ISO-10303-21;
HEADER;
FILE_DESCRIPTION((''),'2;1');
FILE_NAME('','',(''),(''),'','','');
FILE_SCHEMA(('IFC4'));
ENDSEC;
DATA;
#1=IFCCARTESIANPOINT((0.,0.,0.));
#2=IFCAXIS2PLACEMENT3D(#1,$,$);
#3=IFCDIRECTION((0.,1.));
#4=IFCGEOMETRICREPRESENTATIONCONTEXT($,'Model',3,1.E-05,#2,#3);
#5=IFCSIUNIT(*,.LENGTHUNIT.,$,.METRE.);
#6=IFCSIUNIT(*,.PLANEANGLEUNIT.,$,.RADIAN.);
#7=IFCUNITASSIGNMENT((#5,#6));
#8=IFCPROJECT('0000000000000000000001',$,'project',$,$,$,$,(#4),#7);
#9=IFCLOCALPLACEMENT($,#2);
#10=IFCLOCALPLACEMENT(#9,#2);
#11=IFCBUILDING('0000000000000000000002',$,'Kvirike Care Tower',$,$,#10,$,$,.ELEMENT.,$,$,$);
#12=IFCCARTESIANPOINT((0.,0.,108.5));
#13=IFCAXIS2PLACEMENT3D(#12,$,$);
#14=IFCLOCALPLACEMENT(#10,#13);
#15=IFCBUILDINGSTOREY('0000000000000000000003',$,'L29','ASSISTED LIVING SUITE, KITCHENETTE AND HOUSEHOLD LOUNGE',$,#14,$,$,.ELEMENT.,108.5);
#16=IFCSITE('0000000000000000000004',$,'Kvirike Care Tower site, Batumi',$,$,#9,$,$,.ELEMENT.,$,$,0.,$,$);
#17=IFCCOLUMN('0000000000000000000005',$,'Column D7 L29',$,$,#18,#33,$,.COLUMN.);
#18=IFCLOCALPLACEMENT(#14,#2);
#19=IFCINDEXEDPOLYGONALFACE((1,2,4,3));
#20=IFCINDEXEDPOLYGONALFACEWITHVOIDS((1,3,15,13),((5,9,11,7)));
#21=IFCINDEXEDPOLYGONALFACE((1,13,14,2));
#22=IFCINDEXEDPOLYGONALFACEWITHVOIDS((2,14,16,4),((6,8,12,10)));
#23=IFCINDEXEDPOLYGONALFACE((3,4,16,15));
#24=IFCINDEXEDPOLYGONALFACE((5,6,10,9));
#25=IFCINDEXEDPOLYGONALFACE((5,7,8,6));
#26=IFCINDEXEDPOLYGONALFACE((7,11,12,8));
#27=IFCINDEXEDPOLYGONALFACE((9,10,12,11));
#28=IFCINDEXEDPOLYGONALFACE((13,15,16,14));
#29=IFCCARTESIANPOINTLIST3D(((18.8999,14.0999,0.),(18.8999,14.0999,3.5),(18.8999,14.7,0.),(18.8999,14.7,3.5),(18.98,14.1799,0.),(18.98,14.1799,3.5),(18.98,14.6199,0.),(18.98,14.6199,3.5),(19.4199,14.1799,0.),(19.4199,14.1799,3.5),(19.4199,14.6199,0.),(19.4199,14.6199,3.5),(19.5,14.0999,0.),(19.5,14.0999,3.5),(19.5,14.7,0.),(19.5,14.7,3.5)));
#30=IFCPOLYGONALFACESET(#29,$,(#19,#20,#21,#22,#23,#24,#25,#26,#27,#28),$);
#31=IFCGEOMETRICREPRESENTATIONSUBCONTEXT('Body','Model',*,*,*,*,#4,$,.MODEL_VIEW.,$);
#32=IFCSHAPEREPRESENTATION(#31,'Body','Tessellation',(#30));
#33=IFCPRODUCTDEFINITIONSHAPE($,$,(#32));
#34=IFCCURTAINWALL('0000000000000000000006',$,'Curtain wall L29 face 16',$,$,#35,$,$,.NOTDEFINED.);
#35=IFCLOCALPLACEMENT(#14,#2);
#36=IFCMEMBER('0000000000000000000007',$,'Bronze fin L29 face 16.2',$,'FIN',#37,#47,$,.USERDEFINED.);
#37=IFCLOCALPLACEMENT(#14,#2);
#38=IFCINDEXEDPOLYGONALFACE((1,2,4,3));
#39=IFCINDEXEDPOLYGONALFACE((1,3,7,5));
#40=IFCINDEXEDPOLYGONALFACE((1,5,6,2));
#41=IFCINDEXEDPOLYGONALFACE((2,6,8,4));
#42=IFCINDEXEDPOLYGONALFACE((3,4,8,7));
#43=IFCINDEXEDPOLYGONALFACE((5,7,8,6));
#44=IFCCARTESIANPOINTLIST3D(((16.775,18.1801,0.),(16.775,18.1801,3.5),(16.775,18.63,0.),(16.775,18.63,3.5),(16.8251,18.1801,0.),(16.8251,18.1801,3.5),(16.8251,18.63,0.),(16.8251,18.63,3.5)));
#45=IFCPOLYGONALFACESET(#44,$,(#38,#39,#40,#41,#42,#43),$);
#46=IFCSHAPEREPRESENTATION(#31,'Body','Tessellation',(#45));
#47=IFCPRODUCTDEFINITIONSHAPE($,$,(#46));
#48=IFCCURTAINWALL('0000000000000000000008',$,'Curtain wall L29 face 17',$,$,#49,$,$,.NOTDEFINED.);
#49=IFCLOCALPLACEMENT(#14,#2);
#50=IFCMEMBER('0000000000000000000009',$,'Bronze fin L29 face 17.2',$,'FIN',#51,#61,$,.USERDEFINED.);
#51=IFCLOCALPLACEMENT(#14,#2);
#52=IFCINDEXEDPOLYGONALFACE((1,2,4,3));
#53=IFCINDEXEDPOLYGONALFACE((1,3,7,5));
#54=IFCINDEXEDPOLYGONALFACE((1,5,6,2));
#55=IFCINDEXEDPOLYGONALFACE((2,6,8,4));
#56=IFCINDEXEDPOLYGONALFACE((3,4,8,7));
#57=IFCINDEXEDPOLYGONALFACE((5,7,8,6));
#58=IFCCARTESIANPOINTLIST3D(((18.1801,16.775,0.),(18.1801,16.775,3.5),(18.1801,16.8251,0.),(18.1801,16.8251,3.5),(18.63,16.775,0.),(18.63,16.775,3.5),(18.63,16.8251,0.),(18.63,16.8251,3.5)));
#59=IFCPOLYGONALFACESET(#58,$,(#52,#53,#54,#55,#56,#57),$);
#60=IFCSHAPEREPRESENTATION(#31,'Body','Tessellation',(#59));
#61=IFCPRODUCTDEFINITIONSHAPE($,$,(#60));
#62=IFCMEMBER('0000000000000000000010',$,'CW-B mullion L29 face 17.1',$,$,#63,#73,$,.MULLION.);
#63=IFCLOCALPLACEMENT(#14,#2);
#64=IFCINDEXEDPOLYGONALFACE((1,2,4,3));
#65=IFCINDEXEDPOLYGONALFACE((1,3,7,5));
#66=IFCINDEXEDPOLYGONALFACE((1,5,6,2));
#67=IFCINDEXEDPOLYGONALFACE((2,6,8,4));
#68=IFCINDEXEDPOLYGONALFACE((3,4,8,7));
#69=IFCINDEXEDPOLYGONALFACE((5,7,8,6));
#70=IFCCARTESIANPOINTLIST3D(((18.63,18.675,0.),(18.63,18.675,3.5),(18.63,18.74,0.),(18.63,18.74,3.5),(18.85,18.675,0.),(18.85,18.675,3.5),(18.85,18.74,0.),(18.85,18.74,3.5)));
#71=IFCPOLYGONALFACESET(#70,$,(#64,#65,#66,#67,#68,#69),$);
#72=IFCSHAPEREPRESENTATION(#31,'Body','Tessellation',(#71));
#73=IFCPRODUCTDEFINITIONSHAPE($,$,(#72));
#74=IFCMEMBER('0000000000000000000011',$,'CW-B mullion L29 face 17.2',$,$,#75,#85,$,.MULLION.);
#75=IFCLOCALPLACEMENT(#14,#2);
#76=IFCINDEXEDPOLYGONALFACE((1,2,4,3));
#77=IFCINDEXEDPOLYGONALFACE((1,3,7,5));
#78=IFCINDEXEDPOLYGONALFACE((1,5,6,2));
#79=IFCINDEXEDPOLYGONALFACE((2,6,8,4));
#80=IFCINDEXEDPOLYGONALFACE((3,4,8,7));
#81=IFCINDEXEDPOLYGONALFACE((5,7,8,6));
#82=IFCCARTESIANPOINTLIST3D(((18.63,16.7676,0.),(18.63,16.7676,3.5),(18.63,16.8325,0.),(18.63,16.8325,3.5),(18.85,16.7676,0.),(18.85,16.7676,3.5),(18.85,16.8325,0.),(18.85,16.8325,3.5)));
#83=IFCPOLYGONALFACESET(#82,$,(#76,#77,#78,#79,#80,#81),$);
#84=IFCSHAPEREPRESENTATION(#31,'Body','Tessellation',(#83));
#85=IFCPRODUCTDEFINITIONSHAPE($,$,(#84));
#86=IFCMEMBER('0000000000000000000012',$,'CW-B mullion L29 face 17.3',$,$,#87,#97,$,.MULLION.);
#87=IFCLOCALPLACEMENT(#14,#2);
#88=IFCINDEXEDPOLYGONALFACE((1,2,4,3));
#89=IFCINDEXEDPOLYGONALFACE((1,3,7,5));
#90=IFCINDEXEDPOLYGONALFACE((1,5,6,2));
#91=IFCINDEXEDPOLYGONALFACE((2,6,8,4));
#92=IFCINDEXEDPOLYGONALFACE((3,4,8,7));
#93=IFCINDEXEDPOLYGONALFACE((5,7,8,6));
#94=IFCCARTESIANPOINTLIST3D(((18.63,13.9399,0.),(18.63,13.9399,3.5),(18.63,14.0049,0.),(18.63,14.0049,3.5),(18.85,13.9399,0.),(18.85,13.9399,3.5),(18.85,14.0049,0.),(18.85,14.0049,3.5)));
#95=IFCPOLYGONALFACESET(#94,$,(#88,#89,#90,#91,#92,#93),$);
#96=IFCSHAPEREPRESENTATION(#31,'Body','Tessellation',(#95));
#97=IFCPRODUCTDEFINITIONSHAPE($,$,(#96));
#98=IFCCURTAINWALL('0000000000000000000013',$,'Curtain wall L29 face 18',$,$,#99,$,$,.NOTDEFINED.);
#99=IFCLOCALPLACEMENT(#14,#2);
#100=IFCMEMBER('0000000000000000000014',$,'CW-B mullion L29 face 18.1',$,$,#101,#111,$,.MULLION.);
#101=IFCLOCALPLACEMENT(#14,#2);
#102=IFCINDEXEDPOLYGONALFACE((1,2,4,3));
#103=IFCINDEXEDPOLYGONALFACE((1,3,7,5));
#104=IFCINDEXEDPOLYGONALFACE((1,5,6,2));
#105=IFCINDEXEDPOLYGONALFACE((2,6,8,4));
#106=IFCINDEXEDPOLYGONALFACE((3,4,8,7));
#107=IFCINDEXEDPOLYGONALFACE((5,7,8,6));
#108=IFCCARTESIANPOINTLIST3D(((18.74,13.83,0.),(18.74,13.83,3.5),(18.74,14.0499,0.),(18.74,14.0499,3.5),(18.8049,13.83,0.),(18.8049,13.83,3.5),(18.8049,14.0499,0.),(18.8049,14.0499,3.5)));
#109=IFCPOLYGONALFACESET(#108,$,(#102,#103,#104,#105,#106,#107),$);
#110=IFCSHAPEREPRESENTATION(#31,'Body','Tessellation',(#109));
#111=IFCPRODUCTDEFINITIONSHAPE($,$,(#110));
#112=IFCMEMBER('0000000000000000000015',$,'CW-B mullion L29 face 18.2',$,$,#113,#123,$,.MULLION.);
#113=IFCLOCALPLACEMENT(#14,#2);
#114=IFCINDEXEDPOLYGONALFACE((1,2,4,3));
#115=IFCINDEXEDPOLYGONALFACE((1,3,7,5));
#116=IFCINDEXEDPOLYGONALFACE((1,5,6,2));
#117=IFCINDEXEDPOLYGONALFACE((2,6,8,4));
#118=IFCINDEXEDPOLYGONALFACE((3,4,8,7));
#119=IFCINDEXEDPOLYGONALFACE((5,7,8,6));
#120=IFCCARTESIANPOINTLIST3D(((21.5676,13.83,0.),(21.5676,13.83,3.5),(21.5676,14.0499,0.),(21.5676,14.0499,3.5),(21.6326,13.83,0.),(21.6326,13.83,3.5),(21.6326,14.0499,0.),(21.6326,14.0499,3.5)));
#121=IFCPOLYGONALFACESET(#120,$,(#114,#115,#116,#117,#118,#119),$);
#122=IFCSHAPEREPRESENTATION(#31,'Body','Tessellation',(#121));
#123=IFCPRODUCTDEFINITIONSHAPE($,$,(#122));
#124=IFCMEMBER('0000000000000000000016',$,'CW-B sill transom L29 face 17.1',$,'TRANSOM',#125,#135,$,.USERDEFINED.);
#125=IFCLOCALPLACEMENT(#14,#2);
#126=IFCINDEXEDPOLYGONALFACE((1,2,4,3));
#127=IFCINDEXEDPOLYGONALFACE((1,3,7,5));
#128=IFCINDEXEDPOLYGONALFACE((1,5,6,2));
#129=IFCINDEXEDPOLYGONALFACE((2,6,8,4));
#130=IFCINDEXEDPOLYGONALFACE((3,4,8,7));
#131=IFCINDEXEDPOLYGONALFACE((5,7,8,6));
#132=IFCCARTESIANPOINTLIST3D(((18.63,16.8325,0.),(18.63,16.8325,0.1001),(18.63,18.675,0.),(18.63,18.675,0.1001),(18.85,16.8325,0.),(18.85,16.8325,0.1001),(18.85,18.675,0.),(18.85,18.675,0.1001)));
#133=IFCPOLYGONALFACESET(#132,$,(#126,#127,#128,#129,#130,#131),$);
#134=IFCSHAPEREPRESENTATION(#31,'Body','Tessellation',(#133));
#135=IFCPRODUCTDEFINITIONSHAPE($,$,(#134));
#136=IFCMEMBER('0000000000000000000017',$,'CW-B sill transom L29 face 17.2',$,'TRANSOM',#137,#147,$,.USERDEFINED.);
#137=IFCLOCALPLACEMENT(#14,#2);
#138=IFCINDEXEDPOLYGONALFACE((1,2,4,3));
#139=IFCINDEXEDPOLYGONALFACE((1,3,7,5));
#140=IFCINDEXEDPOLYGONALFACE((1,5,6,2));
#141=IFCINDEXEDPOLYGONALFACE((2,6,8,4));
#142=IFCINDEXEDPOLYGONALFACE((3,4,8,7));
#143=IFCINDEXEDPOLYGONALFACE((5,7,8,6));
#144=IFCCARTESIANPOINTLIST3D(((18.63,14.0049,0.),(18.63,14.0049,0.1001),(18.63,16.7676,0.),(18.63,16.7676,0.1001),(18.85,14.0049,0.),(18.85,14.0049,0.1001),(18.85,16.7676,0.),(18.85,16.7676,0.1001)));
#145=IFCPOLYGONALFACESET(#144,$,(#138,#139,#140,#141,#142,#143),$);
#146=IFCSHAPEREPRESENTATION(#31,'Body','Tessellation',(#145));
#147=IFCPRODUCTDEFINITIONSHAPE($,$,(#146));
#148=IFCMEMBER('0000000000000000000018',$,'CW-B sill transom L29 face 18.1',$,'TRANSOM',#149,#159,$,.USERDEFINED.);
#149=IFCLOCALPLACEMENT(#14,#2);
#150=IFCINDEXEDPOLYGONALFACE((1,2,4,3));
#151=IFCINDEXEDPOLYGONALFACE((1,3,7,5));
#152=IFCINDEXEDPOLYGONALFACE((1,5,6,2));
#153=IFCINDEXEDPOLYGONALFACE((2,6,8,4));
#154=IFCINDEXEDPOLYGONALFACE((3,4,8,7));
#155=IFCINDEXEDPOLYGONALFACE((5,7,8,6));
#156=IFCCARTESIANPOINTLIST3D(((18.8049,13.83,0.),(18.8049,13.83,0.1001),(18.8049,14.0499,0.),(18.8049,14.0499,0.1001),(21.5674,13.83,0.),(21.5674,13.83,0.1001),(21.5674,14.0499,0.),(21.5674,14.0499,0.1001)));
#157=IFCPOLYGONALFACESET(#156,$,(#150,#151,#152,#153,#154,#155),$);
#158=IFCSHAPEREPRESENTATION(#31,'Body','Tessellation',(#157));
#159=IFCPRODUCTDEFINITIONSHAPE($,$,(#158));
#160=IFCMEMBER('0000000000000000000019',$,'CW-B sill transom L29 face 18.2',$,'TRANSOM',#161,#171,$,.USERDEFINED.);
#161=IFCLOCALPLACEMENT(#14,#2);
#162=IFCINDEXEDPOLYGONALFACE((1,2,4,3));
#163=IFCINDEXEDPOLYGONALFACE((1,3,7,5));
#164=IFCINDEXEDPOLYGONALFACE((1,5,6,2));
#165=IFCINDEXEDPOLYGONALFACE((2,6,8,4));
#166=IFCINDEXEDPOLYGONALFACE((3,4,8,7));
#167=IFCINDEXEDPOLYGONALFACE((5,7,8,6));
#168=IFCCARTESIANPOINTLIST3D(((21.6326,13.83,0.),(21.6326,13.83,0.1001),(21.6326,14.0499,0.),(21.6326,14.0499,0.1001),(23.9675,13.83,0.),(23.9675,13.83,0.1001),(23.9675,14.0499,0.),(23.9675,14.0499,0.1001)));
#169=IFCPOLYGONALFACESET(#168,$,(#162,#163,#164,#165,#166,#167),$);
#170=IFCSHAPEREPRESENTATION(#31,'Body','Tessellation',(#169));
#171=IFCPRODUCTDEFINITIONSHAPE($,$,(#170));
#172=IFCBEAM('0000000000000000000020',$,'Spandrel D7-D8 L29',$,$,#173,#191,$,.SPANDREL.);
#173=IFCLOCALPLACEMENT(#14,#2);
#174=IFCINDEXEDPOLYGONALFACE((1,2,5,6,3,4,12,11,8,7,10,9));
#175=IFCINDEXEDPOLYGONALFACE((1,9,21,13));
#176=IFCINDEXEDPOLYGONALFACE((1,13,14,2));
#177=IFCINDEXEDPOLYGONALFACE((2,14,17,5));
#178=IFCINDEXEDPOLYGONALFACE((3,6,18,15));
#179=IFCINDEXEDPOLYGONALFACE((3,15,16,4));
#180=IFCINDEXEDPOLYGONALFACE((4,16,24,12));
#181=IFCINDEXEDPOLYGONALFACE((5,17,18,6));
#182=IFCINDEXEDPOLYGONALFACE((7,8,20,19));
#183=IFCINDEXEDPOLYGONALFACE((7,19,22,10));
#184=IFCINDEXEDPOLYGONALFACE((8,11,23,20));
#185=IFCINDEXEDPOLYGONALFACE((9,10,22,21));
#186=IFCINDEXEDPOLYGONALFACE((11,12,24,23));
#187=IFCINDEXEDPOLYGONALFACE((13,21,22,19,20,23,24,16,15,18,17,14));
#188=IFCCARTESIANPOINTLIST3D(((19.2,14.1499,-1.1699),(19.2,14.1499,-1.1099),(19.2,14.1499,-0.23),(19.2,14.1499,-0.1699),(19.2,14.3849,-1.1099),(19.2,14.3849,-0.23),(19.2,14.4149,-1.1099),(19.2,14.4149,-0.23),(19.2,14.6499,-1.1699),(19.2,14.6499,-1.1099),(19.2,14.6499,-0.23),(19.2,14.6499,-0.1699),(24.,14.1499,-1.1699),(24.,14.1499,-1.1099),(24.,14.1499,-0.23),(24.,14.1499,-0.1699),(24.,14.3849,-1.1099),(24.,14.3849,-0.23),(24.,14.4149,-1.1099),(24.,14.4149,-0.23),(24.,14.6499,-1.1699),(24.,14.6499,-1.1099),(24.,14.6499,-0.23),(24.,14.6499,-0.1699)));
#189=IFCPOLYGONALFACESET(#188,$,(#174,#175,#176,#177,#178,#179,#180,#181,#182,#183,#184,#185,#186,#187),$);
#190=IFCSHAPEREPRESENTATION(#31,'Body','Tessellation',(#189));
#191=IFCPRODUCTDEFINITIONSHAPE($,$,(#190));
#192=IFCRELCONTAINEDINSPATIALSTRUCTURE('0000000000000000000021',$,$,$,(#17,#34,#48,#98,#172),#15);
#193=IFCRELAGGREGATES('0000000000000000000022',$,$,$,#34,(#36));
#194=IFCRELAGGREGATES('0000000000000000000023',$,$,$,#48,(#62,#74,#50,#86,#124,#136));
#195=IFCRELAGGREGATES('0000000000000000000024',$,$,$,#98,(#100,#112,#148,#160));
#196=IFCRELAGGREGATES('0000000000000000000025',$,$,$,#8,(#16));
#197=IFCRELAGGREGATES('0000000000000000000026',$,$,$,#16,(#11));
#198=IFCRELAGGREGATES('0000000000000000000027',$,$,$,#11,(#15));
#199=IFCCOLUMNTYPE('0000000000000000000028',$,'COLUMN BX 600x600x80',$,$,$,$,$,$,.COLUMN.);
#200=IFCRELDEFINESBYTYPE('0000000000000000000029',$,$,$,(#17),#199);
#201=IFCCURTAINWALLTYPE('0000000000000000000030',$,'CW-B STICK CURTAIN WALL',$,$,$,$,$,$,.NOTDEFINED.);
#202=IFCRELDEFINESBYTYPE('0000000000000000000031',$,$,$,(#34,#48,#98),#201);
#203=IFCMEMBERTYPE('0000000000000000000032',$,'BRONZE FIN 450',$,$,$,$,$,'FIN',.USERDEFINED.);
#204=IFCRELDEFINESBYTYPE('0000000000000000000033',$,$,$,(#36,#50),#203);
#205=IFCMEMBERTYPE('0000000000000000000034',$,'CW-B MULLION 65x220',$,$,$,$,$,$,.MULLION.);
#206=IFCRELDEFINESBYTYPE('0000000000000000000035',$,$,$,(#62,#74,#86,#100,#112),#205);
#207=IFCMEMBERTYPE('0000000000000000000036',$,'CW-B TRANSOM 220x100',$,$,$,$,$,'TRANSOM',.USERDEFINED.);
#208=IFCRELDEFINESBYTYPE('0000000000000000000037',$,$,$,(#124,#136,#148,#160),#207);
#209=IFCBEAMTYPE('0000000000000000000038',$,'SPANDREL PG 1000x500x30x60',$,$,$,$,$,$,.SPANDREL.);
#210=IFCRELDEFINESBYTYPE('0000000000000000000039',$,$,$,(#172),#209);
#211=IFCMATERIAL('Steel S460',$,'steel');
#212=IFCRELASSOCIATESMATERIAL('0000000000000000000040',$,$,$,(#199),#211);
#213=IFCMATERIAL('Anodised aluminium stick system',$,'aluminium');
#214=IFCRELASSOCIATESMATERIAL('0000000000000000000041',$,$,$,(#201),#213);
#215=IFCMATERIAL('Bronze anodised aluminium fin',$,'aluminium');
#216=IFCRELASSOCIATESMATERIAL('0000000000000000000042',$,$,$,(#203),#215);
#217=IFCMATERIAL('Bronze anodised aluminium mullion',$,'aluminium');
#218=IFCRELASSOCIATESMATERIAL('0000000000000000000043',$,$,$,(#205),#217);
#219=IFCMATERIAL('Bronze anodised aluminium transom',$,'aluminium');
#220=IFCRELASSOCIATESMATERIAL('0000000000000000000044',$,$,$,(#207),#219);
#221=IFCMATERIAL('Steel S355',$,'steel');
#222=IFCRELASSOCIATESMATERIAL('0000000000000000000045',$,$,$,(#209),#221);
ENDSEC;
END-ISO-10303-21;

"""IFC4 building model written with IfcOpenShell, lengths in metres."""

from ifc_helpers import new_model, si_unit, direction, frame, origin, origin_2d, place, context, subcontext, project, spatial, rectangle, hollow_rectangle, i_section, extrude, material, material_profile, profile_set, type_object, element, aggregate, save


model = new_model("IFC4")

# Units and contexts
model_context = context("Model", 3, precision=1e-05, world=origin(), true_north=direction((0.0, 1.0)))
body_context = subcontext(model_context, "Body", "Model", "MODEL_VIEW")
ifc_project = project(units=[si_unit("LENGTHUNIT", "METRE"), si_unit("PLANEANGLEUNIT", "RADIAN")], contexts=[model_context])

# Site, building, storey
site_placement = place(None, origin())
site = spatial("IfcSite", under=ifc_project, at=site_placement, Name="Kvirike Care Tower site, Batumi", CompositionType="ELEMENT", RefElevation=0.0)
building_placement = place(site_placement, origin())
building = spatial("IfcBuilding", under=site, at=building_placement, Name="Kvirike Care Tower", CompositionType="ELEMENT")
storey_placement = place(building_placement, frame((0.0, 0.0, 108.5)))
storey = spatial("IfcBuildingStorey", under=building, at=storey_placement, Name="L29", Description="ASSISTED LIVING SUITE, KITCHENETTE AND HOUSEHOLD LOUNGE", CompositionType="ELEMENT", Elevation=108.5)

# Column
ifc_material_1 = material(Name="Steel S460", Category="steel")
ifc_material_profile_1 = material_profile(ifc_material_1, hollow_rectangle(XDim=0.6001, YDim=0.6001, WallThickness=0.0801, at=origin_2d()), Name="BX 600x600x80")
ifc_profile_set_1 = profile_set([ifc_material_profile_1], Name="Steel S460")
column_type = type_object("IfcColumnType", Name="COLUMN BX 600x600x80", PredefinedType="COLUMN", material=ifc_profile_set_1)
column_placement = place(storey_placement, frame((19.2, 14.3999, 0.0), z_axis=(0.0, 0.0, 1.0), x_axis=(0.0, 1.0, 0.0)))
element("IfcColumn", 1, at=column_placement, inside=storey, type_object=column_type, Name="Column D7 L29", PredefinedType="COLUMN", context=body_context, shape_type="SweptSolid", body=[
    extrude(hollow_rectangle(XDim=0.6001, YDim=0.6001, WallThickness=0.0801, at=origin_2d()), origin(), (0.0, 0.0, 1.0), 3.5),
])

# Curtain wall, member
ifc_material_2 = material(Name="Anodised aluminium stick system", Category="aluminium")
curtain_wall_type = type_object("IfcCurtainWallType", Name="CW-B STICK CURTAIN WALL", PredefinedType="NOTDEFINED", material=ifc_material_2)
curtain_wall_1_placement = place(storey_placement, origin())
curtain_wall_1 = element("IfcCurtainWall", 2, at=curtain_wall_1_placement, inside=storey, type_object=curtain_wall_type, Name="Curtain wall L29 face 16", PredefinedType="NOTDEFINED")
ifc_material_3 = material(Name="Bronze anodised aluminium fin", Category="aluminium")
ifc_material_profile_2 = material_profile(ifc_material_3, rectangle(XDim=0.05, YDim=0.45, at=origin_2d()), Name="BRONZE FIN 450")
ifc_profile_set_2 = profile_set([ifc_material_profile_2], Name="Bronze anodised aluminium fin")
member_type_1 = type_object("IfcMemberType", Name="BRONZE FIN 450", ElementType="FIN", PredefinedType="USERDEFINED", material=ifc_profile_set_2)
member_1_placement = place(storey_placement, frame((16.8, 18.405, 0.0), z_axis=(0.0, 0.0, 1.0), x_axis=(1.0, 0.0, 0.0)))
member_1 = element("IfcMember", 3, at=member_1_placement, type_object=member_type_1, Name="Bronze fin L29 face 16.2", ObjectType="FIN", PredefinedType="USERDEFINED", context=body_context, shape_type="SweptSolid", body=[
    extrude(rectangle(XDim=0.05, YDim=0.45, at=origin_2d()), origin(), (0.0, 0.0, 1.0), 3.5),
])

# Curtain walls, members
curtain_wall_2_placement = place(storey_placement, origin())
curtain_wall_2 = element("IfcCurtainWall", 4, at=curtain_wall_2_placement, inside=storey, type_object=curtain_wall_type, Name="Curtain wall L29 face 17", PredefinedType="NOTDEFINED")
member_2_placement = place(storey_placement, frame((18.405, 16.8, 0.0), z_axis=(0.0, 0.0, 1.0), x_axis=(0.0, -1.0, 0.0)))
member_2 = element("IfcMember", 5, at=member_2_placement, type_object=member_type_1, Name="Bronze fin L29 face 17.2", ObjectType="FIN", PredefinedType="USERDEFINED", context=body_context, shape_type="SweptSolid", body=[
    extrude(rectangle(XDim=0.05, YDim=0.45, at=origin_2d()), origin(), (0.0, 0.0, 1.0), 3.5),
])
ifc_material_4 = material(Name="Bronze anodised aluminium mullion", Category="aluminium")
ifc_material_profile_3 = material_profile(ifc_material_4, rectangle(XDim=0.0649, YDim=0.22, at=origin_2d()), Name="CW-B MULLION 65x220")
ifc_profile_set_3 = profile_set([ifc_material_profile_3], Name="Bronze anodised aluminium mullion")
member_type_2 = type_object("IfcMemberType", Name="CW-B MULLION 65x220", PredefinedType="MULLION", material=ifc_profile_set_3)
member_3_placement = place(storey_placement, frame((18.74, 18.7075, 0.0), z_axis=(0.0, 0.0, 1.0), x_axis=(0.0, -1.0, 0.0)))
member_3 = element("IfcMember", 6, at=member_3_placement, type_object=member_type_2, Name="CW-B mullion L29 face 17.1", PredefinedType="MULLION", context=body_context, shape_type="SweptSolid", body=[
    extrude(rectangle(XDim=0.0649, YDim=0.22, at=origin_2d()), origin(), (0.0, 0.0, 1.0), 3.5),
])
member_4_placement = place(storey_placement, frame((18.74, 16.8, 0.0), z_axis=(0.0, 0.0, 1.0), x_axis=(0.0, -1.0, 0.0)))
member_4 = element("IfcMember", 7, at=member_4_placement, type_object=member_type_2, Name="CW-B mullion L29 face 17.2", PredefinedType="MULLION", context=body_context, shape_type="SweptSolid", body=[
    extrude(rectangle(XDim=0.0649, YDim=0.22, at=origin_2d()), origin(), (0.0, 0.0, 1.0), 3.5),
])
member_5_placement = place(storey_placement, frame((18.74, 13.9724, 0.0), z_axis=(0.0, 0.0, 1.0), x_axis=(0.0, -1.0, 0.0)))
member_5 = element("IfcMember", 8, at=member_5_placement, type_object=member_type_2, Name="CW-B mullion L29 face 17.3", PredefinedType="MULLION", context=body_context, shape_type="SweptSolid", body=[
    extrude(rectangle(XDim=0.0649, YDim=0.22, at=origin_2d()), origin(), (0.0, 0.0, 1.0), 3.5),
])
curtain_wall_3_placement = place(storey_placement, origin())
curtain_wall_3 = element("IfcCurtainWall", 9, at=curtain_wall_3_placement, inside=storey, type_object=curtain_wall_type, Name="Curtain wall L29 face 18", PredefinedType="NOTDEFINED")
member_6_placement = place(storey_placement, frame((18.7725, 13.9399, 0.0), z_axis=(0.0, 0.0, 1.0), x_axis=(1.0, 0.0, 0.0)))
member_6 = element("IfcMember", 10, at=member_6_placement, type_object=member_type_2, Name="CW-B mullion L29 face 18.1", PredefinedType="MULLION", context=body_context, shape_type="SweptSolid", body=[
    extrude(rectangle(XDim=0.0649, YDim=0.22, at=origin_2d()), origin(), (0.0, 0.0, 1.0), 3.5),
])
member_7_placement = place(storey_placement, frame((21.6001, 13.9399, 0.0), z_axis=(0.0, 0.0, 1.0), x_axis=(1.0, 0.0, 0.0)))
member_7 = element("IfcMember", 11, at=member_7_placement, type_object=member_type_2, Name="CW-B mullion L29 face 18.2", PredefinedType="MULLION", context=body_context, shape_type="SweptSolid", body=[
    extrude(rectangle(XDim=0.0649, YDim=0.22, at=origin_2d()), origin(), (0.0, 0.0, 1.0), 3.5),
])

# Members
ifc_material_5 = material(Name="Bronze anodised aluminium transom", Category="aluminium")
ifc_material_profile_4 = material_profile(ifc_material_5, rectangle(XDim=0.22, YDim=0.1001, at=origin_2d()), Name="CW-B TRANSOM 220x100")
ifc_profile_set_4 = profile_set([ifc_material_profile_4], Name="Bronze anodised aluminium transom")
member_type_3 = type_object("IfcMemberType", Name="CW-B TRANSOM 220x100", ElementType="TRANSOM", PredefinedType="USERDEFINED", material=ifc_profile_set_4)
member_8_placement = place(storey_placement, frame((18.74, 18.675, 0.05), z_axis=(0.0, -1.0, 0.0), x_axis=(1.0, 0.0, 0.0)))
member_8 = element("IfcMember", 12, at=member_8_placement, type_object=member_type_3, Name="CW-B sill transom L29 face 17.1", ObjectType="TRANSOM", PredefinedType="USERDEFINED", context=body_context, shape_type="SweptSolid", body=[
    extrude(rectangle(XDim=0.22, YDim=0.1001, at=origin_2d()), origin(), (0.0, 0.0, 1.0), 1.8425),
])
member_9_placement = place(storey_placement, frame((18.74, 16.7676, 0.05), z_axis=(0.0, -1.0, 0.0), x_axis=(1.0, 0.0, 0.0)))
member_9 = element("IfcMember", 13, at=member_9_placement, type_object=member_type_3, Name="CW-B sill transom L29 face 17.2", ObjectType="TRANSOM", PredefinedType="USERDEFINED", context=body_context, shape_type="SweptSolid", body=[
    extrude(rectangle(XDim=0.22, YDim=0.1001, at=origin_2d()), origin(), (0.0, 0.0, 1.0), 2.7627),
])
member_10_placement = place(storey_placement, frame((18.8049, 13.9399, 0.05), z_axis=(1.0, 0.0, 0.0), x_axis=(0.0, 1.0, 0.0)))
member_10 = element("IfcMember", 14, at=member_10_placement, type_object=member_type_3, Name="CW-B sill transom L29 face 18.1", ObjectType="TRANSOM", PredefinedType="USERDEFINED", context=body_context, shape_type="SweptSolid", body=[
    extrude(rectangle(XDim=0.22, YDim=0.1001, at=origin_2d()), origin(), (0.0, 0.0, 1.0), 2.7625),
])
member_11_placement = place(storey_placement, frame((21.6326, 13.9399, 0.05), z_axis=(1.0, 0.0, 0.0), x_axis=(0.0, 1.0, 0.0)))
member_11 = element("IfcMember", 15, at=member_11_placement, type_object=member_type_3, Name="CW-B sill transom L29 face 18.2", ObjectType="TRANSOM", PredefinedType="USERDEFINED", context=body_context, shape_type="SweptSolid", body=[
    extrude(rectangle(XDim=0.22, YDim=0.1001, at=origin_2d()), origin(), (0.0, 0.0, 1.0), 2.335),
])

# Beam
ifc_material_6 = material(Name="Steel S355", Category="steel")
ifc_material_profile_5 = material_profile(ifc_material_6, i_section(OverallWidth=0.5, OverallDepth=1.0, WebThickness=0.03, FlangeThickness=0.0601, at=origin_2d()), Name="PG 1000x500x30x60")
ifc_profile_set_5 = profile_set([ifc_material_profile_5], Name="Steel S355")
beam_type = type_object("IfcBeamType", Name="SPANDREL PG 1000x500x30x60", PredefinedType="SPANDREL", material=ifc_profile_set_5)
for number, where, z_axis, x_axis, name in (
    (16, (19.2, 14.3999, -0.6699), (1.0, 0.0, 0.0), (0.0, 1.0, 0.0), "Spandrel D7-D8 L29"),
):
    element("IfcBeam", number, at=place(storey_placement, frame(where, z_axis=z_axis, x_axis=x_axis)), inside=storey, type_object=beam_type, Name=name, PredefinedType="SPANDREL", context=body_context, shape_type="SweptSolid", body=[
        extrude(i_section(OverallWidth=0.5, OverallDepth=1.0, WebThickness=0.03, FlangeThickness=0.0601, at=origin_2d()), origin(), (0.0, 0.0, 1.0), 4.8),
    ])

aggregate(curtain_wall_1, [member_1])
aggregate(curtain_wall_2, [member_3, member_4, member_2, member_5, member_8, member_9])
aggregate(curtain_wall_3, [member_6, member_7, member_10, member_11])

save(model, "model.ifc")
